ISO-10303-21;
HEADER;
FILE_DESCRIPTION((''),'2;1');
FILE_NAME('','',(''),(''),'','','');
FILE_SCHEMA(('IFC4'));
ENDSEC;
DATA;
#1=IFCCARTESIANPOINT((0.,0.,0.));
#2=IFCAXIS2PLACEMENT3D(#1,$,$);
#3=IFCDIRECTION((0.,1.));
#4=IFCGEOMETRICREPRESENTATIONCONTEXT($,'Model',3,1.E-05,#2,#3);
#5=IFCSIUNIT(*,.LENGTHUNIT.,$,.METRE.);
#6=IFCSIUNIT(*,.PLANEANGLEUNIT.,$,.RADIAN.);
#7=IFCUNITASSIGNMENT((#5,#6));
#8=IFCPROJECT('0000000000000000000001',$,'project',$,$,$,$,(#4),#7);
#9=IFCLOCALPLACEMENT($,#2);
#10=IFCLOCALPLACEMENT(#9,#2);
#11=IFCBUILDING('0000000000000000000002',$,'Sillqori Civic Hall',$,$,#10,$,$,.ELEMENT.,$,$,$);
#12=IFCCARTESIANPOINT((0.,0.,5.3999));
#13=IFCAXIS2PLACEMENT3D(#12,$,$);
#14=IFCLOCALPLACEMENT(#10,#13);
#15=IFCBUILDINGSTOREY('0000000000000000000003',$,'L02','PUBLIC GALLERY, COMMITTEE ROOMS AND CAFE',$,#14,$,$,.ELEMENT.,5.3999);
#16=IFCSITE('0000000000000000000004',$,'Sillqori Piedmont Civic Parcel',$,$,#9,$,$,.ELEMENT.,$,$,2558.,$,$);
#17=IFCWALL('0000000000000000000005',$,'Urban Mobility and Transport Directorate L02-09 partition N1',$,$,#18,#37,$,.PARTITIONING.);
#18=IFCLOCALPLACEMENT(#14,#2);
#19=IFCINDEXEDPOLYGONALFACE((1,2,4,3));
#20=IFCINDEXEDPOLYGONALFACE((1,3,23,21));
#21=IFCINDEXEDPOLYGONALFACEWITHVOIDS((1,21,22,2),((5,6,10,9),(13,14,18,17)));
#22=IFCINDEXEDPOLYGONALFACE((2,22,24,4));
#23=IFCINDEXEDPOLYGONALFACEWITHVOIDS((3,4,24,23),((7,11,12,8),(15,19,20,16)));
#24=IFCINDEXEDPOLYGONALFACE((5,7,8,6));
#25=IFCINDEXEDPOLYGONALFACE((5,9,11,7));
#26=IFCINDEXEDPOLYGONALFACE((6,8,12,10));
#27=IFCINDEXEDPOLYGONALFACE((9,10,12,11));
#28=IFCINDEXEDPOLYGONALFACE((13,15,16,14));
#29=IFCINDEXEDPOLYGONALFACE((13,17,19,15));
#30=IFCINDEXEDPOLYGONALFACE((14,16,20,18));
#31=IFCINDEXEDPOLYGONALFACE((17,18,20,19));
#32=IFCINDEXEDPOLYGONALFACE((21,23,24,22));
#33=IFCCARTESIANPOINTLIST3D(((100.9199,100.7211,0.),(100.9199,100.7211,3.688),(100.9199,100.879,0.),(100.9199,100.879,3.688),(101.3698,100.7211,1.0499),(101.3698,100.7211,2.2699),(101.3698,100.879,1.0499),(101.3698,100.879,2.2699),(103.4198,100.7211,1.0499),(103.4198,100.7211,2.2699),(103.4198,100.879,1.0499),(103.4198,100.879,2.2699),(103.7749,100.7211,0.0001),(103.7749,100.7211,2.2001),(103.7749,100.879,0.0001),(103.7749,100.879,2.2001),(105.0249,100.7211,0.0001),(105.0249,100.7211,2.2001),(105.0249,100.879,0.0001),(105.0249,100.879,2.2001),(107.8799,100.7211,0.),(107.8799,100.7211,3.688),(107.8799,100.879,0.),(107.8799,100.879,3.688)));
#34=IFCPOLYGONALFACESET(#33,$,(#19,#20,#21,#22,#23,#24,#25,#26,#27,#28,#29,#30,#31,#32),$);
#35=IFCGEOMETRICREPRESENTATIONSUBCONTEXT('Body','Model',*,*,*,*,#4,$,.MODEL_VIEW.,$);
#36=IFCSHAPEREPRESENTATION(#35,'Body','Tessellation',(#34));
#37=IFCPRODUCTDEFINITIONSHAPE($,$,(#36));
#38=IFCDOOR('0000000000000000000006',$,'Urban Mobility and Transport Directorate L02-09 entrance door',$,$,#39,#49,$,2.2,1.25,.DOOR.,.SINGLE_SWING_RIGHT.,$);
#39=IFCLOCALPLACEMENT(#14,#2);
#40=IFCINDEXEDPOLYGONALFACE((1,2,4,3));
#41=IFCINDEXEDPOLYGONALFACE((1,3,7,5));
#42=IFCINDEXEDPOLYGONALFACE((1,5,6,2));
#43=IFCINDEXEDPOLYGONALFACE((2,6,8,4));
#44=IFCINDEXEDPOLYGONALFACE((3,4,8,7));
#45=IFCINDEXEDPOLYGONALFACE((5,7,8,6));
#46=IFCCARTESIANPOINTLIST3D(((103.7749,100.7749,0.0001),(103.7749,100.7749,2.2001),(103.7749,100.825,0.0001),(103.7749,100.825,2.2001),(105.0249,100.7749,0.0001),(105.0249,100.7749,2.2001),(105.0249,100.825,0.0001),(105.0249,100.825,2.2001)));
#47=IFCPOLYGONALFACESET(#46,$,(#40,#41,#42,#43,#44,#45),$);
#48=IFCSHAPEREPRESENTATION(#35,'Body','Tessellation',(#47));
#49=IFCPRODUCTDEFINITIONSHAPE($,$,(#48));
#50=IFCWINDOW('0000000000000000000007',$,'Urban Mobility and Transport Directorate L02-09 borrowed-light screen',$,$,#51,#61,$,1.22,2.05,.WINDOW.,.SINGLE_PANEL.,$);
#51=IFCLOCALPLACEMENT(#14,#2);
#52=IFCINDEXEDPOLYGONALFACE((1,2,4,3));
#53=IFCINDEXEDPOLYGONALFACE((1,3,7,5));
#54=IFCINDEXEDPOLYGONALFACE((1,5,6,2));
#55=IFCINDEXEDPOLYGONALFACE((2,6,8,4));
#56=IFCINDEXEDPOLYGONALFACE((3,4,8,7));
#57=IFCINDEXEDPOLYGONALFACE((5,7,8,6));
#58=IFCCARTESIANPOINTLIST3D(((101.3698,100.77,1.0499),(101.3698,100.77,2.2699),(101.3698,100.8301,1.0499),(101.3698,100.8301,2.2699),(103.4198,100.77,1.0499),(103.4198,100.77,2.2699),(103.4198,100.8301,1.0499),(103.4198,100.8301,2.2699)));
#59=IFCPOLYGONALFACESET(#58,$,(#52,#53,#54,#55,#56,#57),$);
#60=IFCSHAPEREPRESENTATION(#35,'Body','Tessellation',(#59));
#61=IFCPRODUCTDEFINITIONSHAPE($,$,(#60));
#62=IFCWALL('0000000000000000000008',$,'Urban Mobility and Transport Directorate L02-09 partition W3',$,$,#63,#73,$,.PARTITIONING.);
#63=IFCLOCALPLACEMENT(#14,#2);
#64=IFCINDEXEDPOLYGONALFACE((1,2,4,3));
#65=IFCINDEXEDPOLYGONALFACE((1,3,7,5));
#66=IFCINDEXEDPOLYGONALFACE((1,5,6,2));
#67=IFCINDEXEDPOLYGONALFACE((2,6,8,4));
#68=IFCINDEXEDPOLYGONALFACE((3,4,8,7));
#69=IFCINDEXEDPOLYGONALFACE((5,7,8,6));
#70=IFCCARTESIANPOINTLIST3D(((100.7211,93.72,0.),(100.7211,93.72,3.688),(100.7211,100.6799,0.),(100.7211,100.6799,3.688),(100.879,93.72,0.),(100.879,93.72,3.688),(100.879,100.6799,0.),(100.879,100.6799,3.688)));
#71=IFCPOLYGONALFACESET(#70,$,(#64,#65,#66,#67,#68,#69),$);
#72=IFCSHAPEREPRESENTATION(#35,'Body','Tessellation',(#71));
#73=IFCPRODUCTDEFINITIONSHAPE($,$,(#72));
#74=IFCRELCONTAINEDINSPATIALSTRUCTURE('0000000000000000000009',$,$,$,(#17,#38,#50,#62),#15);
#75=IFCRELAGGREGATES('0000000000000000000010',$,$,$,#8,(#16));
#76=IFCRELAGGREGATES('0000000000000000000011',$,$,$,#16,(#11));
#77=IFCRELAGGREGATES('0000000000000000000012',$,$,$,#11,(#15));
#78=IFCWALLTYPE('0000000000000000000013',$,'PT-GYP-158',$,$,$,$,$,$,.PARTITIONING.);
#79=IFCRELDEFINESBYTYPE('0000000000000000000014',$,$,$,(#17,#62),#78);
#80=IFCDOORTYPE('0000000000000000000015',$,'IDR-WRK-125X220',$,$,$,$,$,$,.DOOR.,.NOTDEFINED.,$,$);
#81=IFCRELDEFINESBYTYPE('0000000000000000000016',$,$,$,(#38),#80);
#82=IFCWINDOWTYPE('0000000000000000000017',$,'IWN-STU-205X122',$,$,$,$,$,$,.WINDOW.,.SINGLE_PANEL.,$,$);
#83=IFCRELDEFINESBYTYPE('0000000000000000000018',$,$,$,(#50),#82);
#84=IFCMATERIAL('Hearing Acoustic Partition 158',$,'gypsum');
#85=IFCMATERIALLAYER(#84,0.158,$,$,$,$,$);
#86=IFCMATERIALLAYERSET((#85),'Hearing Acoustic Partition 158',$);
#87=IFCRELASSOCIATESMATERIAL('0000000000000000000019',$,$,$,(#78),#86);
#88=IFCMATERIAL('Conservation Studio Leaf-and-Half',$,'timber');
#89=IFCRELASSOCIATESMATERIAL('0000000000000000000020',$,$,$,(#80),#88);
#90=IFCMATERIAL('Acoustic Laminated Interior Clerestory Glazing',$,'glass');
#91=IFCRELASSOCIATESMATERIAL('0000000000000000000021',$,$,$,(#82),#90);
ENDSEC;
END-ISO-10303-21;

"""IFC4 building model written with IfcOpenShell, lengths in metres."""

from ifc_helpers import new_model, si_unit, direction, frame, frame_2d, origin, place, context, subcontext, project, spatial, rectangle, extrude, material, layer, layer_set, type_object, element, fill, save


model = new_model("IFC4")

# Units and contexts
model_context = context("Model", 3, precision=1e-05, world=origin(), true_north=direction((0.0, 1.0)))
body_context = subcontext(model_context, "Body", "Model", "MODEL_VIEW")
ifc_project = project(units=[si_unit("LENGTHUNIT", "METRE"), si_unit("PLANEANGLEUNIT", "RADIAN")], contexts=[model_context])

# Site, building, storey
site_placement = place(None, origin())
site = spatial("IfcSite", under=ifc_project, at=site_placement, Name="Sillqori Piedmont Civic Parcel", CompositionType="ELEMENT", RefElevation=2558.0)
building_placement = place(site_placement, origin())
building = spatial("IfcBuilding", under=site, at=building_placement, Name="Sillqori Civic Hall", CompositionType="ELEMENT")
storey_placement = place(building_placement, frame((0.0, 0.0, 5.3999)))
storey = spatial("IfcBuildingStorey", under=building, at=storey_placement, Name="L02", Description="PUBLIC GALLERY, COMMITTEE ROOMS AND CAFE", CompositionType="ELEMENT", Elevation=5.3999)

# Wall, openings, door, window
ifc_material_1 = material(Name="Hearing Acoustic Partition 158", Category="gypsum")
ifc_layer_1 = layer(ifc_material_1, 0.158)
ifc_layer_set_1 = layer_set([ifc_layer_1], Name="Hearing Acoustic Partition 158")
wall_type_1 = type_object("IfcWallType", Name="PT-GYP-158", PredefinedType="PARTITIONING", material=ifc_layer_set_1)
wall_1_placement = place(storey_placement, frame((100.9199, 100.8, 0.0), z_axis=(0.0, 0.0, 1.0), x_axis=(1.0, 0.0, 0.0)))
wall_1 = element("IfcWall", 1, at=wall_1_placement, inside=storey, type_object=wall_type_1, Name="Urban Mobility and Transport Directorate L02-09 partition N1", PredefinedType="PARTITIONING", context=body_context, shape_type="SweptSolid", body=[
    extrude(rectangle(XDim=6.96, YDim=0.158, at=frame_2d((3.48, 0.0))), origin(), (0.0, 0.0, 1.0), 3.688),
])
opening_1_placement = place(wall_1_placement, frame((2.855, 0.0, 0.0)))
opening_1 = element("IfcOpeningElement", 2, at=opening_1_placement, cuts=wall_1, PredefinedType="OPENING", context=body_context, shape_type="SweptSolid", body=[
    extrude(rectangle(XDim=1.25, YDim=2.2, at=frame_2d((0.625, 1.1001))), frame((0.0, 0.0889, 0.0), z_axis=(0.0, -1.0, 0.0), x_axis=(1.0, 0.0, 0.0)), (0.0, 0.0, 1.0), 0.178),
])
opening_2_placement = place(wall_1_placement, frame((0.45, 0.0, 1.05)))
opening_2 = element("IfcOpeningElement", 3, at=opening_2_placement, cuts=wall_1, PredefinedType="OPENING", context=body_context, shape_type="SweptSolid", body=[
    extrude(rectangle(XDim=2.05, YDim=1.22, at=frame_2d((1.0249, 0.6099))), frame((0.0, 0.0889, 0.0), z_axis=(0.0, -1.0, 0.0), x_axis=(1.0, 0.0, 0.0)), (0.0, 0.0, 1.0), 0.178),
])
ifc_material_2 = material(Name="Conservation Studio Leaf-and-Half", Category="timber")
door_type = type_object("IfcDoorType", Name="IDR-WRK-125X220", OperationType="NOTDEFINED", PredefinedType="DOOR", material=ifc_material_2)
door_placement = place(opening_1_placement, origin())
door = element("IfcDoor", 4, at=door_placement, inside=storey, type_object=door_type, Name="Urban Mobility and Transport Directorate L02-09 entrance door", OperationType="SINGLE_SWING_RIGHT", OverallHeight=2.2, OverallWidth=1.25, PredefinedType="DOOR", context=body_context, shape_type="SweptSolid", body=[
    extrude(rectangle(XDim=1.25, YDim=2.2, at=frame_2d((0.625, 1.1001))), frame((0.0, 0.0249, 0.0), z_axis=(0.0, -1.0, 0.0), x_axis=(1.0, 0.0, 0.0)), (0.0, 0.0, 1.0), 0.05),
])
fill(opening_1, door)
ifc_material_3 = material(Name="Acoustic Laminated Interior Clerestory Glazing", Category="glass")
window_type_1 = type_object("IfcWindowType", Name="IWN-STU-205X122", PartitioningType="SINGLE_PANEL", PredefinedType="WINDOW", material=ifc_material_3)
window_1_placement = place(opening_2_placement, origin())
window_1 = element("IfcWindow", 5, at=window_1_placement, inside=storey, type_object=window_type_1, Name="Urban Mobility and Transport Directorate L02-09 borrowed-light screen", OverallHeight=1.22, OverallWidth=2.05, PartitioningType="SINGLE_PANEL", PredefinedType="WINDOW", context=body_context, shape_type="SweptSolid", body=[
    extrude(rectangle(XDim=2.05, YDim=1.22, at=frame_2d((1.0249, 0.6099))), frame((0.0, 0.03, 0.0), z_axis=(0.0, -1.0, 0.0), x_axis=(1.0, 0.0, 0.0)), (0.0, 0.0, 1.0), 0.0601),
])
fill(opening_2, window_1)

# Wall
wall_2_placement = place(storey_placement, frame((100.8, 93.72, 0.0), z_axis=(0.0, 0.0, 1.0), x_axis=(0.0, 1.0, 0.0)))
element("IfcWall", 6, at=wall_2_placement, inside=storey, type_object=wall_type_1, Name="Urban Mobility and Transport Directorate L02-09 partition W3", PredefinedType="PARTITIONING", context=body_context, shape_type="SweptSolid", body=[
    extrude(rectangle(XDim=6.96, YDim=0.158, at=frame_2d((3.48, 0.0))), origin(), (0.0, 0.0, 1.0), 3.688),
])

save(model, "model.ifc")
